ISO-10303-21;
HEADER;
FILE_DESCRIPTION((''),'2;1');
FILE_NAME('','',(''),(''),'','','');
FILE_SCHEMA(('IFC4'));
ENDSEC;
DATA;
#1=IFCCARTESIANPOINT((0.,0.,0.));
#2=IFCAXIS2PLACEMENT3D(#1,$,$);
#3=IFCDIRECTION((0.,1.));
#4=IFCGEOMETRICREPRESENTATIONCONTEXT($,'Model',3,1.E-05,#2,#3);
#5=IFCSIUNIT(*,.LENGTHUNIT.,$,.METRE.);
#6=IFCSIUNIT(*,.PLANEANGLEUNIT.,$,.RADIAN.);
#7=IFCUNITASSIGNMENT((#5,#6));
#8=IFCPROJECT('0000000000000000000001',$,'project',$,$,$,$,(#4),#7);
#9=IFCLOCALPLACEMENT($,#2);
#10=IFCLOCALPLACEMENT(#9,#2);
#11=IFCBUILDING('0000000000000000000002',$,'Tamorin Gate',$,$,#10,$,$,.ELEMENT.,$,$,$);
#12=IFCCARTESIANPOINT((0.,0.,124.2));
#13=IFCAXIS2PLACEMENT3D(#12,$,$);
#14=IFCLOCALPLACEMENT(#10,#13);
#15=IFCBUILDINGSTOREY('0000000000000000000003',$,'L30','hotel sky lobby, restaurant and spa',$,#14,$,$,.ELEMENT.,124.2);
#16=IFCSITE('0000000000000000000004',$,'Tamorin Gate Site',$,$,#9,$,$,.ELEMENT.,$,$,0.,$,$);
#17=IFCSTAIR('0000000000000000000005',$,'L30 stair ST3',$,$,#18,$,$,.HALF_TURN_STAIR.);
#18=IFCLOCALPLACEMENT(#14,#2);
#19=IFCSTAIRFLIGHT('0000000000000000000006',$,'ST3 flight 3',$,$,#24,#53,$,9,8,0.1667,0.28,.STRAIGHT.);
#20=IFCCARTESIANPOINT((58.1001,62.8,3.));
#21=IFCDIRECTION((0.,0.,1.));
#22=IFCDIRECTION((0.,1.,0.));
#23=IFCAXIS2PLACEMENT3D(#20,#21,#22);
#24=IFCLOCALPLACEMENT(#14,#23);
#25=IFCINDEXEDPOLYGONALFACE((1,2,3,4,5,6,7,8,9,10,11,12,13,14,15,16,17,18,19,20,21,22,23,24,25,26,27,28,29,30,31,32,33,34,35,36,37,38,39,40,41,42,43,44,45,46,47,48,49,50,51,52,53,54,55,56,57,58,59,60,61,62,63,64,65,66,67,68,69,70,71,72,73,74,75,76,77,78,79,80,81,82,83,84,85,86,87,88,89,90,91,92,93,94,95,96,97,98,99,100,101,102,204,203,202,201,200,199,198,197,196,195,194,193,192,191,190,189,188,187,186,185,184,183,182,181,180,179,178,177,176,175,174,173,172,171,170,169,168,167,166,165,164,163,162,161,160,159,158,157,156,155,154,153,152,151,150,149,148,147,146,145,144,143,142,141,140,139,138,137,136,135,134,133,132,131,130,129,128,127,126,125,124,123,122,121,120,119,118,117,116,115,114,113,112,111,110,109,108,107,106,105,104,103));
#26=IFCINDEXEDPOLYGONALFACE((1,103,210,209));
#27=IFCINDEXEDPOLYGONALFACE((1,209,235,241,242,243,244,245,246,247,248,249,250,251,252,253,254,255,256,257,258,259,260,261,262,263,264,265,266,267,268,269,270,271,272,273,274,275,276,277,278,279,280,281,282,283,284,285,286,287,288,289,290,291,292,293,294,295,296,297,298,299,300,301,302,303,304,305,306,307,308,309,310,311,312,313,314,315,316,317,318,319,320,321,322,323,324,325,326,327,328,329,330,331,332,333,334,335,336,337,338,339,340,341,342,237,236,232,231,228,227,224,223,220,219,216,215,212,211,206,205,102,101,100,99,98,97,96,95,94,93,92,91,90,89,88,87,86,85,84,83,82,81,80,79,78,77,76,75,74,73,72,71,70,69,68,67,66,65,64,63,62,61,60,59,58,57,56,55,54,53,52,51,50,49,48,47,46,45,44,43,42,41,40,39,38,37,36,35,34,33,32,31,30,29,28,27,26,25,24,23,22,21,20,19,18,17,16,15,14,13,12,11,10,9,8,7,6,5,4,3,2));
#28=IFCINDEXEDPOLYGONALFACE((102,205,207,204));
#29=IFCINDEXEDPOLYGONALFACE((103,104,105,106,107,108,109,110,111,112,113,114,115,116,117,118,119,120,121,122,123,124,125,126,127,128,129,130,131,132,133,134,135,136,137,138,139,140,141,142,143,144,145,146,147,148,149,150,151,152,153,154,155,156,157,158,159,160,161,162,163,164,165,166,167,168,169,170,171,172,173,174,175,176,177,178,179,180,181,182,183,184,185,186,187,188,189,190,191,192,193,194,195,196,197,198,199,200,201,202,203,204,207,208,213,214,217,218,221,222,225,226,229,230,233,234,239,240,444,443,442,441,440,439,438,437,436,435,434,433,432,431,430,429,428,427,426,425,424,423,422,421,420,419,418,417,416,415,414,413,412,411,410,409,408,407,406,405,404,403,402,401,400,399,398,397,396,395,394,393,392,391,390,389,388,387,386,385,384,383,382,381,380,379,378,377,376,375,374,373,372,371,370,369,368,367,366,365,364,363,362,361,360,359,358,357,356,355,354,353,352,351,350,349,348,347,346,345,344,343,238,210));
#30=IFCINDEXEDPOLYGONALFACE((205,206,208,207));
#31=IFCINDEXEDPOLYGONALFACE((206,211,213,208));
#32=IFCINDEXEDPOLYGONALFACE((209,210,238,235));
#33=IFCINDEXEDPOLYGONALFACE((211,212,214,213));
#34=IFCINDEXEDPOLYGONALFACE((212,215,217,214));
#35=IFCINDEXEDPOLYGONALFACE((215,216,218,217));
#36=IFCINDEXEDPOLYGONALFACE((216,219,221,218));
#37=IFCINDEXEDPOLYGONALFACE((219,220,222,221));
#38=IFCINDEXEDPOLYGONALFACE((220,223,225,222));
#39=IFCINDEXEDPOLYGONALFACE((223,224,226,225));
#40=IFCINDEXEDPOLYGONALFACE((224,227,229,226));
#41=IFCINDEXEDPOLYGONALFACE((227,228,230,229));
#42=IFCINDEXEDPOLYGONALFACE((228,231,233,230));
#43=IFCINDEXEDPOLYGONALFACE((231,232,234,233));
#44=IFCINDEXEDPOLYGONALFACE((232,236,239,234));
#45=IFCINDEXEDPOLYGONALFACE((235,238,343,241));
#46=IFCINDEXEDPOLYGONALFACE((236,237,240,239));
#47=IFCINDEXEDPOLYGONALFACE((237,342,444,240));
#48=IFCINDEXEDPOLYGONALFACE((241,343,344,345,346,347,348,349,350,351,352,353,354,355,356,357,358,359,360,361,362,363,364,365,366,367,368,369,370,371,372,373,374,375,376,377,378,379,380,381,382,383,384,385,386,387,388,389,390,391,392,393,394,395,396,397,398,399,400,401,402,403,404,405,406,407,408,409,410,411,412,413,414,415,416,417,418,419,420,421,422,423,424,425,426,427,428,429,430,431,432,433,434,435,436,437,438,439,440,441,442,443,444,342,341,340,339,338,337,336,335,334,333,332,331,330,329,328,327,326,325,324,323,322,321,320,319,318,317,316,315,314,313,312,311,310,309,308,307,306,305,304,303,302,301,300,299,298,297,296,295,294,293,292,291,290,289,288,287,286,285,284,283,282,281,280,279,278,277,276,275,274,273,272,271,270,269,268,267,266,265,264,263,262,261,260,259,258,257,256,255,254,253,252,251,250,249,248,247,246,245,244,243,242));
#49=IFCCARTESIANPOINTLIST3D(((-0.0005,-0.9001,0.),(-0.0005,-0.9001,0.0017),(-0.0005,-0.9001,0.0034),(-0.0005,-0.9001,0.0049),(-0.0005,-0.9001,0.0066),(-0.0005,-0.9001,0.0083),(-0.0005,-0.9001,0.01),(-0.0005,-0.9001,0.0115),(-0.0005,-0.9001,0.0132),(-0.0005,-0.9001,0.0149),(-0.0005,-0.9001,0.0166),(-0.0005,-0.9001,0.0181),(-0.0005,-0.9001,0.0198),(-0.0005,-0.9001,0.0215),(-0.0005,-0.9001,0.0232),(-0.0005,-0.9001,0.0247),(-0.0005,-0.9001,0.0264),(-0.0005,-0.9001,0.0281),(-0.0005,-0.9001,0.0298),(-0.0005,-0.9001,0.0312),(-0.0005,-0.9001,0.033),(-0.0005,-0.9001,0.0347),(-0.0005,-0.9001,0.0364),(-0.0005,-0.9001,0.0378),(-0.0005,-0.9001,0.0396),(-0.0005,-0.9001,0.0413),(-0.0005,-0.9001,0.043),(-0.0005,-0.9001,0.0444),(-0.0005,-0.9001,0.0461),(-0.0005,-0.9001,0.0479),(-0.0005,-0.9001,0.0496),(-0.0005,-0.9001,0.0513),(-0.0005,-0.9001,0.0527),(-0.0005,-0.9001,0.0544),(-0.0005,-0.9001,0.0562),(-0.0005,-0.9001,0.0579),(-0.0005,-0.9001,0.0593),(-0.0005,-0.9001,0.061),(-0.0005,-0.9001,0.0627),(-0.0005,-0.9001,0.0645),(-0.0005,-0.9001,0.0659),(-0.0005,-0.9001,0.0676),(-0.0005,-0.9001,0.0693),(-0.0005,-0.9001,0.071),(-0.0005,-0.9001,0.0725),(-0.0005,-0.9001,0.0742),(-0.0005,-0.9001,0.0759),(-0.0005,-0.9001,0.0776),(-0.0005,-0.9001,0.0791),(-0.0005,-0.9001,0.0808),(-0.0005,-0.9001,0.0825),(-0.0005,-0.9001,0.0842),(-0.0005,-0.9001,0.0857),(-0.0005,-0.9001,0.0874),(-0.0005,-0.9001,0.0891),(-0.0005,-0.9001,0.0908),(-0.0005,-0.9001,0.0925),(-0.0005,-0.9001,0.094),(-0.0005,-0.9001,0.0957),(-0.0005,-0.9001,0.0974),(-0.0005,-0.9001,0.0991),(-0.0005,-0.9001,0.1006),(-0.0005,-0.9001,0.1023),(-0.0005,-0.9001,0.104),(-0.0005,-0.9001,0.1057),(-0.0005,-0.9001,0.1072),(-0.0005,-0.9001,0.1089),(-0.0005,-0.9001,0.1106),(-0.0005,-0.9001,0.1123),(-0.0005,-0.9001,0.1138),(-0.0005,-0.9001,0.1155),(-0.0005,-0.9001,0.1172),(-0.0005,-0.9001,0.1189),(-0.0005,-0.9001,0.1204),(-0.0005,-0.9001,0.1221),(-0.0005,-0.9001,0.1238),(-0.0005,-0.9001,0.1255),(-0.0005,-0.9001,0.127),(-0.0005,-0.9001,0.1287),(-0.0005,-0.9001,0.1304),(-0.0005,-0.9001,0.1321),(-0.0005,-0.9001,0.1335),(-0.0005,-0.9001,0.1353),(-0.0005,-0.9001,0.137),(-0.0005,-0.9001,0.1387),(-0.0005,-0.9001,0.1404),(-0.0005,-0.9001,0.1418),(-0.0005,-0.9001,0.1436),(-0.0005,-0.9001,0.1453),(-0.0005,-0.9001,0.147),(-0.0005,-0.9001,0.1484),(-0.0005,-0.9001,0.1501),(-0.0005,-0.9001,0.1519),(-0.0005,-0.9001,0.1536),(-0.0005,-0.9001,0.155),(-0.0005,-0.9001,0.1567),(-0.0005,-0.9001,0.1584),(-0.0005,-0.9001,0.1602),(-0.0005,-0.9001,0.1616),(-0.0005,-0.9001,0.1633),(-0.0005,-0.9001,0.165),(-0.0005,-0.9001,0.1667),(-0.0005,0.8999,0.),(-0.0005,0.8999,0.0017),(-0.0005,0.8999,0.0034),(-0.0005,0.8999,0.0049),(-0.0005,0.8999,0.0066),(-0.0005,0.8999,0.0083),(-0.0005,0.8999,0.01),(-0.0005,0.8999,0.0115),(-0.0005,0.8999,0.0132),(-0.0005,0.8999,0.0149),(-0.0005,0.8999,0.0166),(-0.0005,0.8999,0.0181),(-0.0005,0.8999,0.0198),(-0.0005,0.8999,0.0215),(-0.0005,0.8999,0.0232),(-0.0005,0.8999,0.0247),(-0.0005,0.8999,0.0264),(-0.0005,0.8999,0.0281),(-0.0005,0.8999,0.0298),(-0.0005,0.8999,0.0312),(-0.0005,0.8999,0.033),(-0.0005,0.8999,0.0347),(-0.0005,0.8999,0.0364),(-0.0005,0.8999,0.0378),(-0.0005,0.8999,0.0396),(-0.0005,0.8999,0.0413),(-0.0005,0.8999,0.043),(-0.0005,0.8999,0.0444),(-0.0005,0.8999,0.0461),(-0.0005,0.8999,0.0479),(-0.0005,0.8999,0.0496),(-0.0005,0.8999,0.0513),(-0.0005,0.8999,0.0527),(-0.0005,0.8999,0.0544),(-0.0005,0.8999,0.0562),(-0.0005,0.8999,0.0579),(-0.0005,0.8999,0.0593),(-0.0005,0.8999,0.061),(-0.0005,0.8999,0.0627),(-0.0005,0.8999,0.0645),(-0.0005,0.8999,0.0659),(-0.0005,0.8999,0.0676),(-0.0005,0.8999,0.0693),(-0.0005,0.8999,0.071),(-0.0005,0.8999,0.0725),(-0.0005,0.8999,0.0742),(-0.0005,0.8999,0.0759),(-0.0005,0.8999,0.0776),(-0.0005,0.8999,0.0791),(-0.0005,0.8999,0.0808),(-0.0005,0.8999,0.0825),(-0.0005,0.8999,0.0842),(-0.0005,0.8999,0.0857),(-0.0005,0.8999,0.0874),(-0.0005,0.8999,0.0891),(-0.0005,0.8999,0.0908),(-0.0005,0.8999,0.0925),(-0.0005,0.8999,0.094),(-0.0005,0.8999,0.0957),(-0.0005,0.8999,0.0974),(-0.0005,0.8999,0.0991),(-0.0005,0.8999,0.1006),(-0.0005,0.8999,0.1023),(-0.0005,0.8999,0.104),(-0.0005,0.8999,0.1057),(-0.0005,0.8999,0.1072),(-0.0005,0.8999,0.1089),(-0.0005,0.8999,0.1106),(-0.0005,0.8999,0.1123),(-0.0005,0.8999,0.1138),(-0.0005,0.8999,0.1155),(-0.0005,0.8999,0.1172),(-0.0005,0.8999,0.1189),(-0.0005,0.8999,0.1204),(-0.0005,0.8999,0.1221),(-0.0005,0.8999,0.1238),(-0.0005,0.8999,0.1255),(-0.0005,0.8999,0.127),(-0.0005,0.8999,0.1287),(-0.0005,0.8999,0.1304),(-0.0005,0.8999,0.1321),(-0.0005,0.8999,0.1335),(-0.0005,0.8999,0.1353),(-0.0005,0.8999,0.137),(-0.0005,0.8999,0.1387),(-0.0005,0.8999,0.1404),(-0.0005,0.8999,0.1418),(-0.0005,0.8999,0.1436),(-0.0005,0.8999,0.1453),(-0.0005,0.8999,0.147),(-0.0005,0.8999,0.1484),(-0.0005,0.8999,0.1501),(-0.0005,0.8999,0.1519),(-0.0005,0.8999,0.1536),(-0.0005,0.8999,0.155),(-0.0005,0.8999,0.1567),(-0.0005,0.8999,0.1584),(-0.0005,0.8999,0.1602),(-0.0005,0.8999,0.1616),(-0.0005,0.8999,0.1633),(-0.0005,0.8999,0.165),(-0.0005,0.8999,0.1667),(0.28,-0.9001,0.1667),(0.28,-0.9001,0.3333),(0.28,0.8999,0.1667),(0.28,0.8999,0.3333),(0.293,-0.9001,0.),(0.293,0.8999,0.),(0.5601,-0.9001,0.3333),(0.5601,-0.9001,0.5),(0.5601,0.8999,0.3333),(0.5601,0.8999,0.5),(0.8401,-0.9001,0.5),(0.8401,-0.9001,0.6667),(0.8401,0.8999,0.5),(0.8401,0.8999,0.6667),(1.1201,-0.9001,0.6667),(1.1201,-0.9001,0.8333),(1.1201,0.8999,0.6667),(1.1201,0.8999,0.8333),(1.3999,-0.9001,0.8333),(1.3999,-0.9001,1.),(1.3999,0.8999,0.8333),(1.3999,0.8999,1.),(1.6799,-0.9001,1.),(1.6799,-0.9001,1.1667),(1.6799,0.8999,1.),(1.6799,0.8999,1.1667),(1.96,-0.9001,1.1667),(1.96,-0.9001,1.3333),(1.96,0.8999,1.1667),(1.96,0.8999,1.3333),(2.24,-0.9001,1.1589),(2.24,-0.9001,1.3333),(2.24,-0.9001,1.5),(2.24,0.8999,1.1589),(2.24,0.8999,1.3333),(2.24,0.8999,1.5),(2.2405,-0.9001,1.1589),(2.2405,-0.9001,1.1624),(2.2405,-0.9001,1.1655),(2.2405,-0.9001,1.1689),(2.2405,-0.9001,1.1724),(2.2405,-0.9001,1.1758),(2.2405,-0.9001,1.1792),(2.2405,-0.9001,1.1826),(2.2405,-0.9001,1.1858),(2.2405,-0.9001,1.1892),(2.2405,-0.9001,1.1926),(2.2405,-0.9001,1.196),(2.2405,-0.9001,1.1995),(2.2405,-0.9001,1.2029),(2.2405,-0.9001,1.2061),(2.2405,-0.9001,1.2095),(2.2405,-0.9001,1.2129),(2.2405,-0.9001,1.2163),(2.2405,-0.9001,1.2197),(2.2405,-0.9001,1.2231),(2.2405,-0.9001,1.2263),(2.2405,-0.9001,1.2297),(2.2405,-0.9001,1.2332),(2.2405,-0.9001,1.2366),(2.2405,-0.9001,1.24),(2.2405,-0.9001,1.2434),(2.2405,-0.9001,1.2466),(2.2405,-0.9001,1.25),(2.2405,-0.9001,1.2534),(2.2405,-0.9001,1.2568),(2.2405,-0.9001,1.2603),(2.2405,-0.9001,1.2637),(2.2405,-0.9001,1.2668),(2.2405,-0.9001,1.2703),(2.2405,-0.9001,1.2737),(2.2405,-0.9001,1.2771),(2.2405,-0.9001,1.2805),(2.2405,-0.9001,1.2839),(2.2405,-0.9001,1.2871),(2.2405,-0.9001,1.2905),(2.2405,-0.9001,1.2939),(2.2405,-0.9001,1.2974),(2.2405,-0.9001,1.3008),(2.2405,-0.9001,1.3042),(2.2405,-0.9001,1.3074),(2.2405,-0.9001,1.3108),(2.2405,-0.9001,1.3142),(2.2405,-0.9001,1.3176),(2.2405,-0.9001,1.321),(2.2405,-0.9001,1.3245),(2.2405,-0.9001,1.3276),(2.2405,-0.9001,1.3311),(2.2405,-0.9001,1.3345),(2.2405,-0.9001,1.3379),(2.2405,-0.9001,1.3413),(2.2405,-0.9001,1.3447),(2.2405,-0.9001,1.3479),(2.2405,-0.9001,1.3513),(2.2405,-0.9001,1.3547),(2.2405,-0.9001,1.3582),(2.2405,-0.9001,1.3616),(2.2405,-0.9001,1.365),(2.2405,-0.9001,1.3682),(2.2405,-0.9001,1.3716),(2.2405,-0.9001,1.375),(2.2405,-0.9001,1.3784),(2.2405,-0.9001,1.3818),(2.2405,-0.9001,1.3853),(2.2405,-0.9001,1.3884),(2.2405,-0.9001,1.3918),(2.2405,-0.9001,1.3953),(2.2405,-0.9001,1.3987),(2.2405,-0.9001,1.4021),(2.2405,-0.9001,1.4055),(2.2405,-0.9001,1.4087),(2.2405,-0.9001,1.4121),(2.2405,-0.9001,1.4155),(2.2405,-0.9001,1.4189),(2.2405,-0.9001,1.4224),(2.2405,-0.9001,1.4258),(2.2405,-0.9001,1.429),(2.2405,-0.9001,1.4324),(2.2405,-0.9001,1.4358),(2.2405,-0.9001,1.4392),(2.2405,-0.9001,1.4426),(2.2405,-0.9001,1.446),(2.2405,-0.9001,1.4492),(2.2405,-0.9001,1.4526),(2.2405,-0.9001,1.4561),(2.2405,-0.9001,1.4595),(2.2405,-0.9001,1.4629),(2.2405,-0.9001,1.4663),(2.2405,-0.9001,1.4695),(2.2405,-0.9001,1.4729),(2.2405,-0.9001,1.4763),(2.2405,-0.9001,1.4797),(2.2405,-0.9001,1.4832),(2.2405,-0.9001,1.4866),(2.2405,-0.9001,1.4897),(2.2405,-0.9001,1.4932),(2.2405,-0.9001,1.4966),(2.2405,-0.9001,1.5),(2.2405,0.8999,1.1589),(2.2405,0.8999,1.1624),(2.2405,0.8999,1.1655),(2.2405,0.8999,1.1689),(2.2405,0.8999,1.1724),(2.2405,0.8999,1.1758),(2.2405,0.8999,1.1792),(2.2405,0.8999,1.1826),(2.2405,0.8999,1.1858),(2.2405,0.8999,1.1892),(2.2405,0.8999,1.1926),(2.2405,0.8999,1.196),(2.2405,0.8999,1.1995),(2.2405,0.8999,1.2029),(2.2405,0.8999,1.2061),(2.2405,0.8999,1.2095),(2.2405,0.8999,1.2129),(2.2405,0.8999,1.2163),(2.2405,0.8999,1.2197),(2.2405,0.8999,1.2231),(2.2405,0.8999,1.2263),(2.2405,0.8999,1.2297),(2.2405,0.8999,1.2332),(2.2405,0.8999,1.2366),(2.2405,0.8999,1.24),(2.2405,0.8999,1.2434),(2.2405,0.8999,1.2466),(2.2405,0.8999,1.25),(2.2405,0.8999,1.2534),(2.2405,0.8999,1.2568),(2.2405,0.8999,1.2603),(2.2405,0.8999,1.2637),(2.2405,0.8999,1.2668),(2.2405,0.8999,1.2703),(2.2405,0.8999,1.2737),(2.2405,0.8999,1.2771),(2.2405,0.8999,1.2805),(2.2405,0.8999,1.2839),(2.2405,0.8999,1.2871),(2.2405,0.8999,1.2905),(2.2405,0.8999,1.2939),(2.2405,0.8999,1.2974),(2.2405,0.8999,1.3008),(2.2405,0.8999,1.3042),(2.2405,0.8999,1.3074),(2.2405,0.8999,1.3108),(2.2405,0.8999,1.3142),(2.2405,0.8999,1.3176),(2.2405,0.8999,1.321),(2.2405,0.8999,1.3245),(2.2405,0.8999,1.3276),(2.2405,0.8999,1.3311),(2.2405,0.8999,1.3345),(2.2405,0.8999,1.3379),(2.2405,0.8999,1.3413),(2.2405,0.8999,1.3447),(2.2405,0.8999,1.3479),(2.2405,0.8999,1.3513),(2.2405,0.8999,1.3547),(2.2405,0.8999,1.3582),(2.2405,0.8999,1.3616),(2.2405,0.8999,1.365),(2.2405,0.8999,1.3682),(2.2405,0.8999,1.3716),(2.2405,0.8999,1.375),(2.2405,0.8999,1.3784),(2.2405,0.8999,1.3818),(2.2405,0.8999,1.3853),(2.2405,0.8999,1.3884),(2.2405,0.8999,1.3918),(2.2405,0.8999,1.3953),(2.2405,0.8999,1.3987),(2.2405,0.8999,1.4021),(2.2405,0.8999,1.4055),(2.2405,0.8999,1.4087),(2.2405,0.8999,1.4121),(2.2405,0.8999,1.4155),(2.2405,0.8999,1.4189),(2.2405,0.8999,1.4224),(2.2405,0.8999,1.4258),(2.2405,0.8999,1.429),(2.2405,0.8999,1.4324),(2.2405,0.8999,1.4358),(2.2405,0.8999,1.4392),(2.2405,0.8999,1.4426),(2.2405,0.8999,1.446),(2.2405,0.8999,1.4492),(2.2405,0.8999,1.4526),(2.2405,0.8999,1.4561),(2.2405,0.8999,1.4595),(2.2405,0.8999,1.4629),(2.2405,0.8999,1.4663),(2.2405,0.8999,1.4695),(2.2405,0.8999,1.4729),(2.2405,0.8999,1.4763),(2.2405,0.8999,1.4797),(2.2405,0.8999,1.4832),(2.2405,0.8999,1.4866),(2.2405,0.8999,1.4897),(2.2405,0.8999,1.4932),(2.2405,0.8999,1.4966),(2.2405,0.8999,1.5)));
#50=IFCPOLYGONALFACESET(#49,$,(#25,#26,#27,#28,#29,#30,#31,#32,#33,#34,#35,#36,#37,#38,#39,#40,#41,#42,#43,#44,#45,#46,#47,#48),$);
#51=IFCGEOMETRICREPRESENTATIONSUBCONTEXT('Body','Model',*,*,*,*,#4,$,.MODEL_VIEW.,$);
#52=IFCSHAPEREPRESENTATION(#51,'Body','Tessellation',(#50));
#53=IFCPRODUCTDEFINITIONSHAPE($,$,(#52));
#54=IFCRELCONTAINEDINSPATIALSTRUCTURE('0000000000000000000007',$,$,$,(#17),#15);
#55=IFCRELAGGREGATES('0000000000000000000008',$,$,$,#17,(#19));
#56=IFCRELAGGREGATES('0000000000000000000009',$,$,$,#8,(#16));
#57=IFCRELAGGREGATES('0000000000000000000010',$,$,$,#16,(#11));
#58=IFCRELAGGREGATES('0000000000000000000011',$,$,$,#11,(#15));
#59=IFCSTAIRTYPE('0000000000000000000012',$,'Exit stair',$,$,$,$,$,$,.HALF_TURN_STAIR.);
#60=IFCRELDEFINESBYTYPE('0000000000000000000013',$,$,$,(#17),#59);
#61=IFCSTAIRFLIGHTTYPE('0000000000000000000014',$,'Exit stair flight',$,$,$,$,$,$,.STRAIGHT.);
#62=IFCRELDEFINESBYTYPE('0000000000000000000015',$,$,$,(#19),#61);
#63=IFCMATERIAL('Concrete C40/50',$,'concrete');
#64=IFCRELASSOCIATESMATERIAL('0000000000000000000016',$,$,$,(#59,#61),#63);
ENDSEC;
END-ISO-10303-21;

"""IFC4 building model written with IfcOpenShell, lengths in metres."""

from ifc_helpers import new_model, si_unit, direction, frame, origin, place, context, subcontext, project, spatial, polyline, outline, extrude, material, type_object, element, aggregate, save


model = new_model("IFC4")

# Units and contexts
model_context = context("Model", 3, precision=1e-05, world=origin(), true_north=direction((0.0, 1.0)))
body_context = subcontext(model_context, "Body", "Model", "MODEL_VIEW")
ifc_project = project(units=[si_unit("LENGTHUNIT", "METRE"), si_unit("PLANEANGLEUNIT", "RADIAN")], contexts=[model_context])

# Site, building, storey
site_placement = place(None, origin())
site = spatial("IfcSite", under=ifc_project, at=site_placement, Name="Tamorin Gate Site", CompositionType="ELEMENT", RefElevation=0.0)
building_placement = place(site_placement, origin())
building = spatial("IfcBuilding", under=site, at=building_placement, Name="Tamorin Gate", CompositionType="ELEMENT")
storey_placement = place(building_placement, frame((0.0, 0.0, 124.2)))
storey = spatial("IfcBuildingStorey", under=building, at=storey_placement, Name="L30", Description="hotel sky lobby, restaurant and spa", CompositionType="ELEMENT", Elevation=124.2)

# Shared definitions
ifc_material_1 = material(Name="Concrete C40/50", Category="concrete")

# Stair, stair flight
stair_type = type_object("IfcStairType", Name="Exit stair", PredefinedType="HALF_TURN_STAIR", material=ifc_material_1)
stair_placement = place(storey_placement, origin())
stair = element("IfcStair", 1, at=stair_placement, inside=storey, type_object=stair_type, Name="L30 stair ST3", PredefinedType="HALF_TURN_STAIR")
stair_flight_type = type_object("IfcStairFlightType", Name="Exit stair flight", PredefinedType="STRAIGHT", material=ifc_material_1)
stair_flight_1_placement = place(storey_placement, frame((58.1001, 62.8, 3.0), z_axis=(0.0, 0.0, 1.0), x_axis=(0.0, 1.0, 0.0)))
stair_flight_1 = element("IfcStairFlight", 2, at=stair_flight_1_placement, type_object=stair_flight_type, Name="ST3 flight 3", NumberOfRisers=9, NumberOfTreads=8, PredefinedType="STRAIGHT", RiserHeight=0.1667, TreadLength=0.28, context=body_context, shape_type="SweptSolid", body=[
    extrude(outline(polyline([(-0.0005, 0.0), (-0.0005, 0.0017), (-0.0005, 0.0034), (-0.0005, 0.0049), (-0.0005, 0.0066), (-0.0005, 0.0083), (-0.0005, 0.01), (-0.0005, 0.0115), (-0.0005, 0.0132), (-0.0005, 0.0149), (-0.0005, 0.0166), (-0.0005, 0.0181), (-0.0005, 0.0198), (-0.0005, 0.0215), (-0.0005, 0.0232), (-0.0005, 0.0247), (-0.0005, 0.0264), (-0.0005, 0.0281), (-0.0005, 0.0298), (-0.0005, 0.0312), (-0.0005, 0.033), (-0.0005, 0.0347), (-0.0005, 0.0364), (-0.0005, 0.0378), (-0.0005, 0.0396), (-0.0005, 0.0413), (-0.0005, 0.043), (-0.0005, 0.0444), (-0.0005, 0.0461), (-0.0005, 0.0479), (-0.0005, 0.0496), (-0.0005, 0.0513), (-0.0005, 0.0527), (-0.0005, 0.0544), (-0.0005, 0.0562), (-0.0005, 0.0579), (-0.0005, 0.0593), (-0.0005, 0.061), (-0.0005, 0.0627), (-0.0005, 0.0645), (-0.0005, 0.0659), (-0.0005, 0.0676), (-0.0005, 0.0693), (-0.0005, 0.071), (-0.0005, 0.0725), (-0.0005, 0.0742), (-0.0005, 0.0759), (-0.0005, 0.0776), (-0.0005, 0.0791), (-0.0005, 0.0808), (-0.0005, 0.0825), (-0.0005, 0.0842), (-0.0005, 0.0857), (-0.0005, 0.0874), (-0.0005, 0.0891), (-0.0005, 0.0908), (-0.0005, 0.0925), (-0.0005, 0.094), (-0.0005, 0.0957), (-0.0005, 0.0974), (-0.0005, 0.0991), (-0.0005, 0.1006), (-0.0005, 0.1023), (-0.0005, 0.104), (-0.0005, 0.1057), (-0.0005, 0.1072), (-0.0005, 0.1089), (-0.0005, 0.1106), (-0.0005, 0.1123), (-0.0005, 0.1138), (-0.0005, 0.1155), (-0.0005, 0.1172), (-0.0005, 0.1189), (-0.0005, 0.1204), (-0.0005, 0.1221), (-0.0005, 0.1238), (-0.0005, 0.1255), (-0.0005, 0.127), (-0.0005, 0.1287), (-0.0005, 0.1304), (-0.0005, 0.1321), (-0.0005, 0.1335), (-0.0005, 0.1353), (-0.0005, 0.137), (-0.0005, 0.1387), (-0.0005, 0.1404), (-0.0005, 0.1418), (-0.0005, 0.1436), (-0.0005, 0.1453), (-0.0005, 0.147), (-0.0005, 0.1484), (-0.0005, 0.1501), (-0.0005, 0.1519), (-0.0005, 0.1536), (-0.0005, 0.155), (-0.0005, 0.1567), (-0.0005, 0.1584), (-0.0005, 0.1602), (-0.0005, 0.1616), (-0.0005, 0.1633), (-0.0005, 0.165), (-0.0005, 0.1667), (0.28, 0.1667), (0.28, 0.3333), (0.5601, 0.3333), (0.5601, 0.5), (0.8401, 0.5), (0.8401, 0.6667), (1.1201, 0.6667), (1.1201, 0.8333), (1.3999, 0.8333), (1.3999, 1.0), (1.6799, 1.0), (1.6799, 1.1667), (1.96, 1.1667), (1.96, 1.3333), (2.24, 1.3333), (2.24, 1.5), (2.2405, 1.5), (2.2405, 1.4966), (2.2405, 1.4932), (2.2405, 1.4897), (2.2405, 1.4866), (2.2405, 1.4832), (2.2405, 1.4797), (2.2405, 1.4763), (2.2405, 1.4729), (2.2405, 1.4695), (2.2405, 1.4663), (2.2405, 1.4629), (2.2405, 1.4595), (2.2405, 1.4561), (2.2405, 1.4526), (2.2405, 1.4492), (2.2405, 1.446), (2.2405, 1.4426), (2.2405, 1.4392), (2.2405, 1.4358), (2.2405, 1.4324), (2.2405, 1.429), (2.2405, 1.4258), (2.2405, 1.4224), (2.2405, 1.4189), (2.2405, 1.4155), (2.2405, 1.4121), (2.2405, 1.4087), (2.2405, 1.4055), (2.2405, 1.4021), (2.2405, 1.3987), (2.2405, 1.3953), (2.2405, 1.3918), (2.2405, 1.3884), (2.2405, 1.3853), (2.2405, 1.3818), (2.2405, 1.3784), (2.2405, 1.375), (2.2405, 1.3716), (2.2405, 1.3682), (2.2405, 1.365), (2.2405, 1.3616), (2.2405, 1.3582), (2.2405, 1.3547), (2.2405, 1.3513), (2.2405, 1.3479), (2.2405, 1.3447), (2.2405, 1.3413), (2.2405, 1.3379), (2.2405, 1.3345), (2.2405, 1.3311), (2.2405, 1.3276), (2.2405, 1.3245), (2.2405, 1.321), (2.2405, 1.3176), (2.2405, 1.3142), (2.2405, 1.3108), (2.2405, 1.3074), (2.2405, 1.3042), (2.2405, 1.3008), (2.2405, 1.2974), (2.2405, 1.2939), (2.2405, 1.2905), (2.2405, 1.2871), (2.2405, 1.2839), (2.2405, 1.2805), (2.2405, 1.2771), (2.2405, 1.2737), (2.2405, 1.2703), (2.2405, 1.2668), (2.2405, 1.2637), (2.2405, 1.2603), (2.2405, 1.2568), (2.2405, 1.2534), (2.2405, 1.25), (2.2405, 1.2466), (2.2405, 1.2434), (2.2405, 1.24), (2.2405, 1.2366), (2.2405, 1.2332), (2.2405, 1.2297), (2.2405, 1.2263), (2.2405, 1.2231), (2.2405, 1.2197), (2.2405, 1.2163), (2.2405, 1.2129), (2.2405, 1.2095), (2.2405, 1.2061), (2.2405, 1.2029), (2.2405, 1.1995), (2.2405, 1.196), (2.2405, 1.1926), (2.2405, 1.1892), (2.2405, 1.1858), (2.2405, 1.1826), (2.2405, 1.1792), (2.2405, 1.1758), (2.2405, 1.1724), (2.2405, 1.1689), (2.2405, 1.1655), (2.2405, 1.1624), (2.2405, 1.1589), (2.24, 1.1589), (0.293, 0.0), (-0.0005, 0.0)])), frame((0.0, 0.8999, 0.0), z_axis=(0.0, -1.0, 0.0), x_axis=(1.0, 0.0, 0.0)), (0.0, 0.0, 1.0), 1.8),
])
aggregate(stair, [stair_flight_1])

save(model, "model.ifc")
